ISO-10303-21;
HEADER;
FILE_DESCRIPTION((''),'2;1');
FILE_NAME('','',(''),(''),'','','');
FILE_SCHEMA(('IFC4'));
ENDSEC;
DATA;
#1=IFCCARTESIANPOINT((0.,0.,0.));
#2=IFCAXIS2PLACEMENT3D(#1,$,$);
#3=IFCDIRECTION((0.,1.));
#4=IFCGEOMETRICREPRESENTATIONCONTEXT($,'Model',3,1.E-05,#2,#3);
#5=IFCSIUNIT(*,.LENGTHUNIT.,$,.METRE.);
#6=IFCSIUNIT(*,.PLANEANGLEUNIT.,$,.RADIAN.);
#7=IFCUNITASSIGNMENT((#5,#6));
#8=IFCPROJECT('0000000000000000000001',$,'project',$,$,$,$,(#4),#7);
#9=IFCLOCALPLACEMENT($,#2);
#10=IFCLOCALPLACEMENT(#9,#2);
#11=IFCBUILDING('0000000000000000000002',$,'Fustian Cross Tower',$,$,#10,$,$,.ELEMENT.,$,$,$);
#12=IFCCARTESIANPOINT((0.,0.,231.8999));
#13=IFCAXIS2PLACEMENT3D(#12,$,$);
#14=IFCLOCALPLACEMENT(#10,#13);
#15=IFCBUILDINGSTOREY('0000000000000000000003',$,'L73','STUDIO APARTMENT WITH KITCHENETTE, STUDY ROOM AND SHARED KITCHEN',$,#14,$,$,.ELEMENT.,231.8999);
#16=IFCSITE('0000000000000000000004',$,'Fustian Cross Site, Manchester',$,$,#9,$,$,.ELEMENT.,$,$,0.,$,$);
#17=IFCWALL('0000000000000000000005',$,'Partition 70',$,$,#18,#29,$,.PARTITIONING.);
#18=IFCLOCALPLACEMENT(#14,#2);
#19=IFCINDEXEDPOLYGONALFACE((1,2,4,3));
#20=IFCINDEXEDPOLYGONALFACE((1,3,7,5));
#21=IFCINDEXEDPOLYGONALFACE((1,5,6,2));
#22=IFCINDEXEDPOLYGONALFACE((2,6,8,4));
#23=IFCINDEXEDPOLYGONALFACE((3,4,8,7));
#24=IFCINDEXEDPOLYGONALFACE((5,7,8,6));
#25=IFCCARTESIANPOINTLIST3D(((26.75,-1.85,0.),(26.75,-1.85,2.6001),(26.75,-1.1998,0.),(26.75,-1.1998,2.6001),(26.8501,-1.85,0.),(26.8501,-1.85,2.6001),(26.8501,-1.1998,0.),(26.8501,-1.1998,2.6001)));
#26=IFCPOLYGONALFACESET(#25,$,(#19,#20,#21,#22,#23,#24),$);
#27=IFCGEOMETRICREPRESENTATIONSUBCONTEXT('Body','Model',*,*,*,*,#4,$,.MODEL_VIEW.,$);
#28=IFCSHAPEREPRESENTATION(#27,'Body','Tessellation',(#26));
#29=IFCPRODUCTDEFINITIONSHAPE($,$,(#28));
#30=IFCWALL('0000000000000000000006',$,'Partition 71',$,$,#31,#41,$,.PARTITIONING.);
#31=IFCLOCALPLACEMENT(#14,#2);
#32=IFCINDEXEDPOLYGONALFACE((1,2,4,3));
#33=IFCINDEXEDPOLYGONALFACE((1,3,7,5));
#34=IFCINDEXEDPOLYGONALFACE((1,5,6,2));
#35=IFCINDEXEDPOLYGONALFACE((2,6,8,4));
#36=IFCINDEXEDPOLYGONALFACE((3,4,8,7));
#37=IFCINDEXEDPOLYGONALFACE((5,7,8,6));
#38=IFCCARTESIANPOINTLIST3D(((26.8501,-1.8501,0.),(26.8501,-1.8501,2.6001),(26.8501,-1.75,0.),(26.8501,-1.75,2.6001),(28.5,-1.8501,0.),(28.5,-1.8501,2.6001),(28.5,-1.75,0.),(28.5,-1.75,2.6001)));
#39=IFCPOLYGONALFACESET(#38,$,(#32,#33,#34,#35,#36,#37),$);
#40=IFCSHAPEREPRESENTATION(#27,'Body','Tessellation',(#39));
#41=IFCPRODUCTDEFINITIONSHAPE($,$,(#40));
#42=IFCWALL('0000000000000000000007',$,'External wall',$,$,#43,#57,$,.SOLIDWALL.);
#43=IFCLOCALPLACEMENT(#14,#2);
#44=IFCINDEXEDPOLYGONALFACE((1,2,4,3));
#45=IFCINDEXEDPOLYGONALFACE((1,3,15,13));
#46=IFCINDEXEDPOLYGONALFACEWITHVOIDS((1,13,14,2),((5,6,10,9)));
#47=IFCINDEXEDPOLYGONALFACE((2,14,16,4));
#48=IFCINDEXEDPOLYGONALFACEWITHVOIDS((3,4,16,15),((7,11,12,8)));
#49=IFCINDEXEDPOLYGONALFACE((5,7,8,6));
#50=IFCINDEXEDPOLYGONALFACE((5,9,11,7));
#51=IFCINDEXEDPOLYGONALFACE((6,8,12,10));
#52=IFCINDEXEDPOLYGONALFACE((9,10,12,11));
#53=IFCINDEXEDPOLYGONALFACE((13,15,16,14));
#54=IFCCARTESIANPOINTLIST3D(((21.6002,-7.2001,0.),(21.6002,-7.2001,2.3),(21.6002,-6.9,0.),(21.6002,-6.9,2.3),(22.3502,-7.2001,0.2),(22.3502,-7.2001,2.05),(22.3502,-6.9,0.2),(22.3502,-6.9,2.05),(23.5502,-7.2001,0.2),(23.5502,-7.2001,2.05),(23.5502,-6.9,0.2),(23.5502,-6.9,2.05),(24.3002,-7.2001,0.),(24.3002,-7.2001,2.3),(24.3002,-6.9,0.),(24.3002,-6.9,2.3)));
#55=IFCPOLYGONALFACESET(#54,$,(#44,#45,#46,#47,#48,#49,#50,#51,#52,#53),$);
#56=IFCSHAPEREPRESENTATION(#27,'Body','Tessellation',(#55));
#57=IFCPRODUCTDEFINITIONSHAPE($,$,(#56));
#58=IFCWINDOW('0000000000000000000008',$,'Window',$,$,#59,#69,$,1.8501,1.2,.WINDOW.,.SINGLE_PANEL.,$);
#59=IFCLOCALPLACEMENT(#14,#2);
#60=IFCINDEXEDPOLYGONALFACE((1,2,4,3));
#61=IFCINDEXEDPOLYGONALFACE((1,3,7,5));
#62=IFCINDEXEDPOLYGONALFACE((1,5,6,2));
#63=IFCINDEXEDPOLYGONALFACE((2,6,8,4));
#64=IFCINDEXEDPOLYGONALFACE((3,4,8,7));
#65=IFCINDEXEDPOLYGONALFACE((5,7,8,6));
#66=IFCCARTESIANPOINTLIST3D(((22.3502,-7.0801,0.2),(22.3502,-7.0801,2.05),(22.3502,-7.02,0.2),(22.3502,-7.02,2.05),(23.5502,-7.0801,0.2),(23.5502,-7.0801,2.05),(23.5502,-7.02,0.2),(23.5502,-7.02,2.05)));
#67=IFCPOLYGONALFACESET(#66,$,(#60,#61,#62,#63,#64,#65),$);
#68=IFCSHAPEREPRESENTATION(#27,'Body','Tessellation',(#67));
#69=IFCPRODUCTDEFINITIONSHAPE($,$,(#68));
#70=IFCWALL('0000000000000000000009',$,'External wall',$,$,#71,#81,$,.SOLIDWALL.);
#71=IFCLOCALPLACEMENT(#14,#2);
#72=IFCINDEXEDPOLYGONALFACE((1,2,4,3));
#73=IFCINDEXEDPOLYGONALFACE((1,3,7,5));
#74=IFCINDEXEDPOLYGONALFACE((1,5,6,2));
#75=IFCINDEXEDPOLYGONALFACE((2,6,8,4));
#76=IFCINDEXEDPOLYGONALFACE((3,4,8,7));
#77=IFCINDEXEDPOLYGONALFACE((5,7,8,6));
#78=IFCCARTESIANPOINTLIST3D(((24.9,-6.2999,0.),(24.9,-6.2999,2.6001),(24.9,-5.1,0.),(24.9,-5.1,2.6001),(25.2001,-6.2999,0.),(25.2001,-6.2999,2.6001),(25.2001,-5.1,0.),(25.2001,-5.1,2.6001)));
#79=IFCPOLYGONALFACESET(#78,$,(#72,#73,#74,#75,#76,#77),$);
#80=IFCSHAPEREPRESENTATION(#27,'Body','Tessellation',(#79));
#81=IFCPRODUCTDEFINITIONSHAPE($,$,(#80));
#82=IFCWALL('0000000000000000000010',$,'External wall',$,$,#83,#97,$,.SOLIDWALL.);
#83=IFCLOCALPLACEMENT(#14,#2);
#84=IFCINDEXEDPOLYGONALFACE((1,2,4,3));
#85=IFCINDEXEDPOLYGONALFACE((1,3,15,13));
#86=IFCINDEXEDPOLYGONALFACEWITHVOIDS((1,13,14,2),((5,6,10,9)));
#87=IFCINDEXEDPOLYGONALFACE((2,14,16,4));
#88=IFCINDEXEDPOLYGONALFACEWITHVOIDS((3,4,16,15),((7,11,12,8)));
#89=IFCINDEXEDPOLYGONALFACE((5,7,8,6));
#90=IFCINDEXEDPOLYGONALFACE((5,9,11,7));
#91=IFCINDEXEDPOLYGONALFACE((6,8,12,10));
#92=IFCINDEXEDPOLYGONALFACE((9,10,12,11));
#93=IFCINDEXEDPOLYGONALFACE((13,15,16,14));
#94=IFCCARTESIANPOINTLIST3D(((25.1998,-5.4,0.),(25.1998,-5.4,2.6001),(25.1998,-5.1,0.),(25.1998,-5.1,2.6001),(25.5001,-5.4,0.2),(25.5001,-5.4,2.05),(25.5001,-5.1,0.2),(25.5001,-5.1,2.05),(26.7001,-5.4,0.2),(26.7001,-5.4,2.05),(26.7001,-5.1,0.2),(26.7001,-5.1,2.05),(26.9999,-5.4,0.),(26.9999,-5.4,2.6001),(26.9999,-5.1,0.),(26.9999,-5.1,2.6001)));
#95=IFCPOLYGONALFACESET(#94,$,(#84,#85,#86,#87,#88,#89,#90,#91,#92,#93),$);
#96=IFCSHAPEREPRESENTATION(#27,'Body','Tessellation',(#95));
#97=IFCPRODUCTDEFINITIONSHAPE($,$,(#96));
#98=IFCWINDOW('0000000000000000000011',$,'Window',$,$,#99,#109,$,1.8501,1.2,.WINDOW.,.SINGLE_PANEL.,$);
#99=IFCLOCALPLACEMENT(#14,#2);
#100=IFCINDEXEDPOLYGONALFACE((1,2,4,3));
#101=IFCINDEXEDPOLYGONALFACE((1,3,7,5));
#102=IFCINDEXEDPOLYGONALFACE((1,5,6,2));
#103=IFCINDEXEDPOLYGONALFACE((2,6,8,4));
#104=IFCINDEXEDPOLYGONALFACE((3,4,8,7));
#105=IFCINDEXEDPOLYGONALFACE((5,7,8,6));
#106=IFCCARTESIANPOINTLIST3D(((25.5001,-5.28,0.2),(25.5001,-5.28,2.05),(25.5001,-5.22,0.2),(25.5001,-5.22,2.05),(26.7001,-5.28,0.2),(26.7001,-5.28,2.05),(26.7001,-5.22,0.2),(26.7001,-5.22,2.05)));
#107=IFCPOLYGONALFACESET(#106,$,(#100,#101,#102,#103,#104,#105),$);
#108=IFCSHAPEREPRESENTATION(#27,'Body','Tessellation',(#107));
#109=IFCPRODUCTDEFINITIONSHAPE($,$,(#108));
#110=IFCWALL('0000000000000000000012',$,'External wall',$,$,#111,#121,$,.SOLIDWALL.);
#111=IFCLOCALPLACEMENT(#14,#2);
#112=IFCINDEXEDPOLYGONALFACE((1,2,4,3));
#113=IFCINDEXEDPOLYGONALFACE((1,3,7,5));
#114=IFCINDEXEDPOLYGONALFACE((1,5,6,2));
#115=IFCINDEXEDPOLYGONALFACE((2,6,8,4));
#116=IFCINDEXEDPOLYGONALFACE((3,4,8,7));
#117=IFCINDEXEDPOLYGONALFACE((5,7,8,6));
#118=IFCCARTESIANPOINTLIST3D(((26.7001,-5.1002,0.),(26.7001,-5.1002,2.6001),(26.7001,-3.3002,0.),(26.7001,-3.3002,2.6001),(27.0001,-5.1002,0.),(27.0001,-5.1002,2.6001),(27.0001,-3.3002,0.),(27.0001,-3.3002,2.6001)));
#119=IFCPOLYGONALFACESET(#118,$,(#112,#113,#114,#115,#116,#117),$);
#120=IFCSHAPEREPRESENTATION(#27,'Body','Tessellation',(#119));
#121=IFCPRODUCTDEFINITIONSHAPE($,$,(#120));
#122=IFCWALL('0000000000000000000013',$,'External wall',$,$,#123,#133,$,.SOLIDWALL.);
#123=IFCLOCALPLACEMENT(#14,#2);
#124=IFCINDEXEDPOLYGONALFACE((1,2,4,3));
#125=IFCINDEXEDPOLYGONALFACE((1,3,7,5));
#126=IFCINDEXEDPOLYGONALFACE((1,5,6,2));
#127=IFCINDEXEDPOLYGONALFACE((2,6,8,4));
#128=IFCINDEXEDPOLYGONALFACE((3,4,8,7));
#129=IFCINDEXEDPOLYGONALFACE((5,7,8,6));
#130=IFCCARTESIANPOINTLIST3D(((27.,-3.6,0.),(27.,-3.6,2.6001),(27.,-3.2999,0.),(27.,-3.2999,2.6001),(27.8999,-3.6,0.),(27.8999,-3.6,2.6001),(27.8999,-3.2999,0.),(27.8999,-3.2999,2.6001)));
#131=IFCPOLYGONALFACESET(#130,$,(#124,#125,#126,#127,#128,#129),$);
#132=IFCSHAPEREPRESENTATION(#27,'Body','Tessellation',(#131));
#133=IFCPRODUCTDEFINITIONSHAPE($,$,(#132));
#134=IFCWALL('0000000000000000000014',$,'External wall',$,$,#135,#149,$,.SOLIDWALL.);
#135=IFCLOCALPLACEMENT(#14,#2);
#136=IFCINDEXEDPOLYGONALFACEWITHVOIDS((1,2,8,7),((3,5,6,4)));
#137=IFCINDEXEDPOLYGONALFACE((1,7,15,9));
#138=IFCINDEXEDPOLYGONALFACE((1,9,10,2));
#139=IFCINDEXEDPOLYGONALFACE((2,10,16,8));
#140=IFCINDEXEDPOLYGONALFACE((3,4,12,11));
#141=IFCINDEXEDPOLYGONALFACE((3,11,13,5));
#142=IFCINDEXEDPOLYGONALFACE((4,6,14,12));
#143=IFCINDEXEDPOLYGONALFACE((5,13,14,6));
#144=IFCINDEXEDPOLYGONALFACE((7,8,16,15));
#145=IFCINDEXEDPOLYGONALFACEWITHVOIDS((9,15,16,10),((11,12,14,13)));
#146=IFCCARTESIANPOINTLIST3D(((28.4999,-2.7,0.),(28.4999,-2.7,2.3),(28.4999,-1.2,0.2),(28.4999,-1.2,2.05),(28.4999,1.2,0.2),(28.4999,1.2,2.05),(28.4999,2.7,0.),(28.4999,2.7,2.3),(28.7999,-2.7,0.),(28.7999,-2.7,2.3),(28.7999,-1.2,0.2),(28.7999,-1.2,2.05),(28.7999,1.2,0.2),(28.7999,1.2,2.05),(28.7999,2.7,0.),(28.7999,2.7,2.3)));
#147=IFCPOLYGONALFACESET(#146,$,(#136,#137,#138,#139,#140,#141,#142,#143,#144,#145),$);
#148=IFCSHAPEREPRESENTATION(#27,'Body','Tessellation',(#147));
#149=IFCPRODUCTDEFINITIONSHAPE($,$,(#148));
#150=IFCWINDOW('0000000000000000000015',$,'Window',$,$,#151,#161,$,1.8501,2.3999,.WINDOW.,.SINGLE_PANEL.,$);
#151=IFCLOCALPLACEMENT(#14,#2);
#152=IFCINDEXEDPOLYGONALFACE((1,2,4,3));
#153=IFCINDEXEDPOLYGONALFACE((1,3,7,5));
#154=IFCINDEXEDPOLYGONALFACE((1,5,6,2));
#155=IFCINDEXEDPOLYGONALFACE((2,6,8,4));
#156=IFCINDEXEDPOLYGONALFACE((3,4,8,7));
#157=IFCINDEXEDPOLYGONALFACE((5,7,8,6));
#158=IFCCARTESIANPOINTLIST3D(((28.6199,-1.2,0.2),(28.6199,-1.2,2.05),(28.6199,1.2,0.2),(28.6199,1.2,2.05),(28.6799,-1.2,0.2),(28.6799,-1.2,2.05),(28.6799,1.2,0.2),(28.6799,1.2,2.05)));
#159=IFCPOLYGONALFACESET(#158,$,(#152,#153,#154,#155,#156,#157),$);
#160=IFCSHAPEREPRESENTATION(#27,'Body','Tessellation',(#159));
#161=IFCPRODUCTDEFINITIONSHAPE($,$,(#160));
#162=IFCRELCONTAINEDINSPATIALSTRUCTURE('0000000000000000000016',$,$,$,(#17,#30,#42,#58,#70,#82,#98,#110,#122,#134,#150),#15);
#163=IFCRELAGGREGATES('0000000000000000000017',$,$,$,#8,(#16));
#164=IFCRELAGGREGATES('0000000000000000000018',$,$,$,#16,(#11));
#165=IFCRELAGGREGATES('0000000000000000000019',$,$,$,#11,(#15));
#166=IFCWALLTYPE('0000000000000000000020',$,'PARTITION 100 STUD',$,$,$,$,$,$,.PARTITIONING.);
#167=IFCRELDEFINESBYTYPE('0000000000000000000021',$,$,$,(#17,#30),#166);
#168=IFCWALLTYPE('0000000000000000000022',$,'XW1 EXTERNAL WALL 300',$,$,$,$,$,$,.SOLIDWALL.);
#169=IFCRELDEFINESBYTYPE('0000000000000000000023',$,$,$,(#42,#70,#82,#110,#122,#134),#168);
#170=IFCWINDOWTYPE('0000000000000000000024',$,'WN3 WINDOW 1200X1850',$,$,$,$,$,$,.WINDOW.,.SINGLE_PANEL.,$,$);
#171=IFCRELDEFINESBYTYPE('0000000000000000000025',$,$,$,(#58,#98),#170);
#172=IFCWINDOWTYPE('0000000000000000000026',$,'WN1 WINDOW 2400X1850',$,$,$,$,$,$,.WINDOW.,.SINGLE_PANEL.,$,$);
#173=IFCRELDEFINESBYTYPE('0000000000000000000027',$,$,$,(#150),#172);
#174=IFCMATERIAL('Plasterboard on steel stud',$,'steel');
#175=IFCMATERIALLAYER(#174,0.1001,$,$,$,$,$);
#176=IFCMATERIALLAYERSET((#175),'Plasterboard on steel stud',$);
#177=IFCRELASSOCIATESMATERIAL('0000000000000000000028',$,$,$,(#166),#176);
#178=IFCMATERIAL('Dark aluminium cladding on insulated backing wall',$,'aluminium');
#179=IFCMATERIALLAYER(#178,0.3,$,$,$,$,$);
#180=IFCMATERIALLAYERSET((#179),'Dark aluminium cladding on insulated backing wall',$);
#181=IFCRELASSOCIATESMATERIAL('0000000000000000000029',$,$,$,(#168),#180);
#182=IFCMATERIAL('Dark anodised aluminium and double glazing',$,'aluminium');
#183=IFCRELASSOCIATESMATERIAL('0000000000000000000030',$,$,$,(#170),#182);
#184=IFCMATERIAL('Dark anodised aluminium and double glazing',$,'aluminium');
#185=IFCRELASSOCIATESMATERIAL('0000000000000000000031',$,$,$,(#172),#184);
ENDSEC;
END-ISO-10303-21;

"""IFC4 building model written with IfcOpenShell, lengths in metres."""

from ifc_helpers import new_model, si_unit, direction, frame, frame_2d, origin, place, context, subcontext, project, spatial, rectangle, extrude, material, layer, layer_set, type_object, element, fill, save


model = new_model("IFC4")

# Units and contexts
model_context = context("Model", 3, precision=1e-05, world=origin(), true_north=direction((0.0, 1.0)))
body_context = subcontext(model_context, "Body", "Model", "MODEL_VIEW")
ifc_project = project(units=[si_unit("LENGTHUNIT", "METRE"), si_unit("PLANEANGLEUNIT", "RADIAN")], contexts=[model_context])

# Site, building, storey
site_placement = place(None, origin())
site = spatial("IfcSite", under=ifc_project, at=site_placement, Name="Fustian Cross Site, Manchester", CompositionType="ELEMENT", RefElevation=0.0)
building_placement = place(site_placement, origin())
building = spatial("IfcBuilding", under=site, at=building_placement, Name="Fustian Cross Tower", CompositionType="ELEMENT")
storey_placement = place(building_placement, frame((0.0, 0.0, 231.8999)))
storey = spatial("IfcBuildingStorey", under=building, at=storey_placement, Name="L73", Description="STUDIO APARTMENT WITH KITCHENETTE, STUDY ROOM AND SHARED KITCHEN", CompositionType="ELEMENT", Elevation=231.8999)

# Shared definitions
ifc_material_1 = material(Name="Plasterboard on steel stud", Category="steel")
ifc_layer_1 = layer(ifc_material_1, 0.1001)
ifc_layer_set_1 = layer_set([ifc_layer_1], Name="Plasterboard on steel stud")
wall_type_1 = type_object("IfcWallType", Name="PARTITION 100 STUD", PredefinedType="PARTITIONING", material=ifc_layer_set_1)

# Walls
wall_1_placement = place(storey_placement, frame((26.8, -1.8501, 0.0), z_axis=(0.0, 0.0, 1.0), x_axis=(0.0, 1.0, 0.0)))
element("IfcWall", 1, at=wall_1_placement, inside=storey, type_object=wall_type_1, Name="Partition 70", PredefinedType="PARTITIONING", context=body_context, shape_type="SweptSolid", body=[
    extrude(rectangle(XDim=0.6501, YDim=0.1001, at=frame_2d((0.3252, 0.0))), origin(), (0.0, 0.0, 1.0), 2.6001),
])
wall_2_placement = place(storey_placement, frame((26.8501, -1.8, 0.0), z_axis=(0.0, 0.0, 1.0), x_axis=(1.0, 0.0, 0.0)))
element("IfcWall", 2, at=wall_2_placement, inside=storey, type_object=wall_type_1, Name="Partition 71", PredefinedType="PARTITIONING", context=body_context, shape_type="SweptSolid", body=[
    extrude(rectangle(XDim=1.6499, YDim=0.1001, at=frame_2d((0.825, 0.0))), origin(), (0.0, 0.0, 1.0), 2.6001),
])

# Wall, opening, window
ifc_material_2 = material(Name="Dark aluminium cladding on insulated backing wall", Category="aluminium")
ifc_layer_2 = layer(ifc_material_2, 0.3)
ifc_layer_set_2 = layer_set([ifc_layer_2], Name="Dark aluminium cladding on insulated backing wall")
wall_type_2 = type_object("IfcWallType", Name="XW1 EXTERNAL WALL 300", PredefinedType="SOLIDWALL", material=ifc_layer_set_2)
wall_3_placement = place(storey_placement, frame((21.6001, -7.05, 0.0), z_axis=(0.0, 0.0, 1.0), x_axis=(1.0, 0.0, 0.0)))
wall_3 = element("IfcWall", 3, at=wall_3_placement, inside=storey, type_object=wall_type_2, Name="External wall", PredefinedType="SOLIDWALL", context=body_context, shape_type="SweptSolid", body=[
    extrude(rectangle(XDim=2.7, YDim=0.3, at=frame_2d((1.3501, 0.0))), origin(), (0.0, 0.0, 1.0), 2.3),
])
opening_1_placement = place(wall_3_placement, frame((0.75, 0.0, 0.2)))
opening_1 = element("IfcOpeningElement", 4, at=opening_1_placement, cuts=wall_3, PredefinedType="OPENING", context=body_context, shape_type="SweptSolid", body=[
    extrude(rectangle(XDim=1.2, YDim=1.8501, at=frame_2d((0.6001, 0.925))), frame((0.0, 0.1599, 0.0), z_axis=(0.0, -1.0, 0.0), x_axis=(1.0, 0.0, 0.0)), (0.0, 0.0, 1.0), 0.3201),
])
ifc_material_3 = material(Name="Dark anodised aluminium and double glazing", Category="aluminium")
window_type_1 = type_object("IfcWindowType", Name="WN3 WINDOW 1200X1850", PartitioningType="SINGLE_PANEL", PredefinedType="WINDOW", material=ifc_material_3)
window_1_placement = place(opening_1_placement, origin())
window_1 = element("IfcWindow", 5, at=window_1_placement, inside=storey, type_object=window_type_1, Name="Window", OverallHeight=1.8501, OverallWidth=1.2, PartitioningType="SINGLE_PANEL", PredefinedType="WINDOW", context=body_context, shape_type="SweptSolid", body=[
    extrude(rectangle(XDim=1.2, YDim=1.8501, at=frame_2d((0.6001, 0.925))), frame((0.0, 0.03, 0.0), z_axis=(0.0, -1.0, 0.0), x_axis=(1.0, 0.0, 0.0)), (0.0, 0.0, 1.0), 0.0601),
])
fill(opening_1, window_1)

# Wall
wall_4_placement = place(storey_placement, frame((25.05, -6.3, 0.0), z_axis=(0.0, 0.0, 1.0), x_axis=(0.0, 1.0, 0.0)))
element("IfcWall", 6, at=wall_4_placement, inside=storey, type_object=wall_type_2, Name="External wall", PredefinedType="SOLIDWALL", context=body_context, shape_type="SweptSolid", body=[
    extrude(rectangle(XDim=1.2, YDim=0.3, at=frame_2d((0.6001, 0.0))), origin(), (0.0, 0.0, 1.0), 2.6001),
])

# Wall, opening, window
wall_5_placement = place(storey_placement, frame((25.2, -5.25, 0.0), z_axis=(0.0, 0.0, 1.0), x_axis=(1.0, 0.0, 0.0)))
wall_5 = element("IfcWall", 7, at=wall_5_placement, inside=storey, type_object=wall_type_2, Name="External wall", PredefinedType="SOLIDWALL", context=body_context, shape_type="SweptSolid", body=[
    extrude(rectangle(XDim=1.8, YDim=0.3, at=frame_2d((0.8999, 0.0))), origin(), (0.0, 0.0, 1.0), 2.6001),
])
opening_2_placement = place(wall_5_placement, frame((0.3, 0.0, 0.2)))
opening_2 = element("IfcOpeningElement", 8, at=opening_2_placement, cuts=wall_5, PredefinedType="OPENING", context=body_context, shape_type="SweptSolid", body=[
    extrude(rectangle(XDim=1.2, YDim=1.8501, at=frame_2d((0.6001, 0.925))), frame((0.0, 0.1599, 0.0), z_axis=(0.0, -1.0, 0.0), x_axis=(1.0, 0.0, 0.0)), (0.0, 0.0, 1.0), 0.3201),
])
window_2_placement = place(opening_2_placement, origin())
window_2 = element("IfcWindow", 9, at=window_2_placement, inside=storey, type_object=window_type_1, Name="Window", OverallHeight=1.8501, OverallWidth=1.2, PartitioningType="SINGLE_PANEL", PredefinedType="WINDOW", context=body_context, shape_type="SweptSolid", body=[
    extrude(rectangle(XDim=1.2, YDim=1.8501, at=frame_2d((0.6001, 0.925))), frame((0.0, 0.03, 0.0), z_axis=(0.0, -1.0, 0.0), x_axis=(1.0, 0.0, 0.0)), (0.0, 0.0, 1.0), 0.0601),
])
fill(opening_2, window_2)

# Walls
wall_6_placement = place(storey_placement, frame((26.8501, -5.1001, 0.0), z_axis=(0.0, 0.0, 1.0), x_axis=(0.0, 1.0, 0.0)))
element("IfcWall", 10, at=wall_6_placement, inside=storey, type_object=wall_type_2, Name="External wall", PredefinedType="SOLIDWALL", context=body_context, shape_type="SweptSolid", body=[
    extrude(rectangle(XDim=1.8, YDim=0.3, at=frame_2d((0.8999, 0.0))), origin(), (0.0, 0.0, 1.0), 2.6001),
])
wall_7_placement = place(storey_placement, frame((27.0, -3.45, 0.0), z_axis=(0.0, 0.0, 1.0), x_axis=(1.0, 0.0, 0.0)))
element("IfcWall", 11, at=wall_7_placement, inside=storey, type_object=wall_type_2, Name="External wall", PredefinedType="SOLIDWALL", context=body_context, shape_type="SweptSolid", body=[
    extrude(rectangle(XDim=0.8999, YDim=0.3, at=frame_2d((0.45, 0.0))), origin(), (0.0, 0.0, 1.0), 2.6001),
])

# Wall, opening, window
wall_8_placement = place(storey_placement, frame((28.6499, -2.7, 0.0), z_axis=(0.0, 0.0, 1.0), x_axis=(0.0, 1.0, 0.0)))
wall_8 = element("IfcWall", 12, at=wall_8_placement, inside=storey, type_object=wall_type_2, Name="External wall", PredefinedType="SOLIDWALL", context=body_context, shape_type="SweptSolid", body=[
    extrude(rectangle(XDim=5.3999, YDim=0.3, at=frame_2d((2.7, 0.0))), origin(), (0.0, 0.0, 1.0), 2.3),
])
opening_3_placement = place(wall_8_placement, frame((1.5, 0.0, 0.2)))
opening_3 = element("IfcOpeningElement", 13, at=opening_3_placement, cuts=wall_8, PredefinedType="OPENING", context=body_context, shape_type="SweptSolid", body=[
    extrude(rectangle(XDim=2.3999, YDim=1.8501, at=frame_2d((1.2, 0.925))), frame((0.0, 0.1599, 0.0), z_axis=(0.0, -1.0, 0.0), x_axis=(1.0, 0.0, 0.0)), (0.0, 0.0, 1.0), 0.3201),
])
ifc_material_4 = material(Name="Dark anodised aluminium and double glazing", Category="aluminium")
window_type_2 = type_object("IfcWindowType", Name="WN1 WINDOW 2400X1850", PartitioningType="SINGLE_PANEL", PredefinedType="WINDOW", material=ifc_material_4)
window_3_placement = place(opening_3_placement, origin())
window_3 = element("IfcWindow", 14, at=window_3_placement, inside=storey, type_object=window_type_2, Name="Window", OverallHeight=1.8501, OverallWidth=2.3999, PartitioningType="SINGLE_PANEL", PredefinedType="WINDOW", context=body_context, shape_type="SweptSolid", body=[
    extrude(rectangle(XDim=2.3999, YDim=1.8501, at=frame_2d((1.2, 0.925))), frame((0.0, 0.03, 0.0), z_axis=(0.0, -1.0, 0.0), x_axis=(1.0, 0.0, 0.0)), (0.0, 0.0, 1.0), 0.0601),
])
fill(opening_3, window_3)

save(model, "model.ifc")
